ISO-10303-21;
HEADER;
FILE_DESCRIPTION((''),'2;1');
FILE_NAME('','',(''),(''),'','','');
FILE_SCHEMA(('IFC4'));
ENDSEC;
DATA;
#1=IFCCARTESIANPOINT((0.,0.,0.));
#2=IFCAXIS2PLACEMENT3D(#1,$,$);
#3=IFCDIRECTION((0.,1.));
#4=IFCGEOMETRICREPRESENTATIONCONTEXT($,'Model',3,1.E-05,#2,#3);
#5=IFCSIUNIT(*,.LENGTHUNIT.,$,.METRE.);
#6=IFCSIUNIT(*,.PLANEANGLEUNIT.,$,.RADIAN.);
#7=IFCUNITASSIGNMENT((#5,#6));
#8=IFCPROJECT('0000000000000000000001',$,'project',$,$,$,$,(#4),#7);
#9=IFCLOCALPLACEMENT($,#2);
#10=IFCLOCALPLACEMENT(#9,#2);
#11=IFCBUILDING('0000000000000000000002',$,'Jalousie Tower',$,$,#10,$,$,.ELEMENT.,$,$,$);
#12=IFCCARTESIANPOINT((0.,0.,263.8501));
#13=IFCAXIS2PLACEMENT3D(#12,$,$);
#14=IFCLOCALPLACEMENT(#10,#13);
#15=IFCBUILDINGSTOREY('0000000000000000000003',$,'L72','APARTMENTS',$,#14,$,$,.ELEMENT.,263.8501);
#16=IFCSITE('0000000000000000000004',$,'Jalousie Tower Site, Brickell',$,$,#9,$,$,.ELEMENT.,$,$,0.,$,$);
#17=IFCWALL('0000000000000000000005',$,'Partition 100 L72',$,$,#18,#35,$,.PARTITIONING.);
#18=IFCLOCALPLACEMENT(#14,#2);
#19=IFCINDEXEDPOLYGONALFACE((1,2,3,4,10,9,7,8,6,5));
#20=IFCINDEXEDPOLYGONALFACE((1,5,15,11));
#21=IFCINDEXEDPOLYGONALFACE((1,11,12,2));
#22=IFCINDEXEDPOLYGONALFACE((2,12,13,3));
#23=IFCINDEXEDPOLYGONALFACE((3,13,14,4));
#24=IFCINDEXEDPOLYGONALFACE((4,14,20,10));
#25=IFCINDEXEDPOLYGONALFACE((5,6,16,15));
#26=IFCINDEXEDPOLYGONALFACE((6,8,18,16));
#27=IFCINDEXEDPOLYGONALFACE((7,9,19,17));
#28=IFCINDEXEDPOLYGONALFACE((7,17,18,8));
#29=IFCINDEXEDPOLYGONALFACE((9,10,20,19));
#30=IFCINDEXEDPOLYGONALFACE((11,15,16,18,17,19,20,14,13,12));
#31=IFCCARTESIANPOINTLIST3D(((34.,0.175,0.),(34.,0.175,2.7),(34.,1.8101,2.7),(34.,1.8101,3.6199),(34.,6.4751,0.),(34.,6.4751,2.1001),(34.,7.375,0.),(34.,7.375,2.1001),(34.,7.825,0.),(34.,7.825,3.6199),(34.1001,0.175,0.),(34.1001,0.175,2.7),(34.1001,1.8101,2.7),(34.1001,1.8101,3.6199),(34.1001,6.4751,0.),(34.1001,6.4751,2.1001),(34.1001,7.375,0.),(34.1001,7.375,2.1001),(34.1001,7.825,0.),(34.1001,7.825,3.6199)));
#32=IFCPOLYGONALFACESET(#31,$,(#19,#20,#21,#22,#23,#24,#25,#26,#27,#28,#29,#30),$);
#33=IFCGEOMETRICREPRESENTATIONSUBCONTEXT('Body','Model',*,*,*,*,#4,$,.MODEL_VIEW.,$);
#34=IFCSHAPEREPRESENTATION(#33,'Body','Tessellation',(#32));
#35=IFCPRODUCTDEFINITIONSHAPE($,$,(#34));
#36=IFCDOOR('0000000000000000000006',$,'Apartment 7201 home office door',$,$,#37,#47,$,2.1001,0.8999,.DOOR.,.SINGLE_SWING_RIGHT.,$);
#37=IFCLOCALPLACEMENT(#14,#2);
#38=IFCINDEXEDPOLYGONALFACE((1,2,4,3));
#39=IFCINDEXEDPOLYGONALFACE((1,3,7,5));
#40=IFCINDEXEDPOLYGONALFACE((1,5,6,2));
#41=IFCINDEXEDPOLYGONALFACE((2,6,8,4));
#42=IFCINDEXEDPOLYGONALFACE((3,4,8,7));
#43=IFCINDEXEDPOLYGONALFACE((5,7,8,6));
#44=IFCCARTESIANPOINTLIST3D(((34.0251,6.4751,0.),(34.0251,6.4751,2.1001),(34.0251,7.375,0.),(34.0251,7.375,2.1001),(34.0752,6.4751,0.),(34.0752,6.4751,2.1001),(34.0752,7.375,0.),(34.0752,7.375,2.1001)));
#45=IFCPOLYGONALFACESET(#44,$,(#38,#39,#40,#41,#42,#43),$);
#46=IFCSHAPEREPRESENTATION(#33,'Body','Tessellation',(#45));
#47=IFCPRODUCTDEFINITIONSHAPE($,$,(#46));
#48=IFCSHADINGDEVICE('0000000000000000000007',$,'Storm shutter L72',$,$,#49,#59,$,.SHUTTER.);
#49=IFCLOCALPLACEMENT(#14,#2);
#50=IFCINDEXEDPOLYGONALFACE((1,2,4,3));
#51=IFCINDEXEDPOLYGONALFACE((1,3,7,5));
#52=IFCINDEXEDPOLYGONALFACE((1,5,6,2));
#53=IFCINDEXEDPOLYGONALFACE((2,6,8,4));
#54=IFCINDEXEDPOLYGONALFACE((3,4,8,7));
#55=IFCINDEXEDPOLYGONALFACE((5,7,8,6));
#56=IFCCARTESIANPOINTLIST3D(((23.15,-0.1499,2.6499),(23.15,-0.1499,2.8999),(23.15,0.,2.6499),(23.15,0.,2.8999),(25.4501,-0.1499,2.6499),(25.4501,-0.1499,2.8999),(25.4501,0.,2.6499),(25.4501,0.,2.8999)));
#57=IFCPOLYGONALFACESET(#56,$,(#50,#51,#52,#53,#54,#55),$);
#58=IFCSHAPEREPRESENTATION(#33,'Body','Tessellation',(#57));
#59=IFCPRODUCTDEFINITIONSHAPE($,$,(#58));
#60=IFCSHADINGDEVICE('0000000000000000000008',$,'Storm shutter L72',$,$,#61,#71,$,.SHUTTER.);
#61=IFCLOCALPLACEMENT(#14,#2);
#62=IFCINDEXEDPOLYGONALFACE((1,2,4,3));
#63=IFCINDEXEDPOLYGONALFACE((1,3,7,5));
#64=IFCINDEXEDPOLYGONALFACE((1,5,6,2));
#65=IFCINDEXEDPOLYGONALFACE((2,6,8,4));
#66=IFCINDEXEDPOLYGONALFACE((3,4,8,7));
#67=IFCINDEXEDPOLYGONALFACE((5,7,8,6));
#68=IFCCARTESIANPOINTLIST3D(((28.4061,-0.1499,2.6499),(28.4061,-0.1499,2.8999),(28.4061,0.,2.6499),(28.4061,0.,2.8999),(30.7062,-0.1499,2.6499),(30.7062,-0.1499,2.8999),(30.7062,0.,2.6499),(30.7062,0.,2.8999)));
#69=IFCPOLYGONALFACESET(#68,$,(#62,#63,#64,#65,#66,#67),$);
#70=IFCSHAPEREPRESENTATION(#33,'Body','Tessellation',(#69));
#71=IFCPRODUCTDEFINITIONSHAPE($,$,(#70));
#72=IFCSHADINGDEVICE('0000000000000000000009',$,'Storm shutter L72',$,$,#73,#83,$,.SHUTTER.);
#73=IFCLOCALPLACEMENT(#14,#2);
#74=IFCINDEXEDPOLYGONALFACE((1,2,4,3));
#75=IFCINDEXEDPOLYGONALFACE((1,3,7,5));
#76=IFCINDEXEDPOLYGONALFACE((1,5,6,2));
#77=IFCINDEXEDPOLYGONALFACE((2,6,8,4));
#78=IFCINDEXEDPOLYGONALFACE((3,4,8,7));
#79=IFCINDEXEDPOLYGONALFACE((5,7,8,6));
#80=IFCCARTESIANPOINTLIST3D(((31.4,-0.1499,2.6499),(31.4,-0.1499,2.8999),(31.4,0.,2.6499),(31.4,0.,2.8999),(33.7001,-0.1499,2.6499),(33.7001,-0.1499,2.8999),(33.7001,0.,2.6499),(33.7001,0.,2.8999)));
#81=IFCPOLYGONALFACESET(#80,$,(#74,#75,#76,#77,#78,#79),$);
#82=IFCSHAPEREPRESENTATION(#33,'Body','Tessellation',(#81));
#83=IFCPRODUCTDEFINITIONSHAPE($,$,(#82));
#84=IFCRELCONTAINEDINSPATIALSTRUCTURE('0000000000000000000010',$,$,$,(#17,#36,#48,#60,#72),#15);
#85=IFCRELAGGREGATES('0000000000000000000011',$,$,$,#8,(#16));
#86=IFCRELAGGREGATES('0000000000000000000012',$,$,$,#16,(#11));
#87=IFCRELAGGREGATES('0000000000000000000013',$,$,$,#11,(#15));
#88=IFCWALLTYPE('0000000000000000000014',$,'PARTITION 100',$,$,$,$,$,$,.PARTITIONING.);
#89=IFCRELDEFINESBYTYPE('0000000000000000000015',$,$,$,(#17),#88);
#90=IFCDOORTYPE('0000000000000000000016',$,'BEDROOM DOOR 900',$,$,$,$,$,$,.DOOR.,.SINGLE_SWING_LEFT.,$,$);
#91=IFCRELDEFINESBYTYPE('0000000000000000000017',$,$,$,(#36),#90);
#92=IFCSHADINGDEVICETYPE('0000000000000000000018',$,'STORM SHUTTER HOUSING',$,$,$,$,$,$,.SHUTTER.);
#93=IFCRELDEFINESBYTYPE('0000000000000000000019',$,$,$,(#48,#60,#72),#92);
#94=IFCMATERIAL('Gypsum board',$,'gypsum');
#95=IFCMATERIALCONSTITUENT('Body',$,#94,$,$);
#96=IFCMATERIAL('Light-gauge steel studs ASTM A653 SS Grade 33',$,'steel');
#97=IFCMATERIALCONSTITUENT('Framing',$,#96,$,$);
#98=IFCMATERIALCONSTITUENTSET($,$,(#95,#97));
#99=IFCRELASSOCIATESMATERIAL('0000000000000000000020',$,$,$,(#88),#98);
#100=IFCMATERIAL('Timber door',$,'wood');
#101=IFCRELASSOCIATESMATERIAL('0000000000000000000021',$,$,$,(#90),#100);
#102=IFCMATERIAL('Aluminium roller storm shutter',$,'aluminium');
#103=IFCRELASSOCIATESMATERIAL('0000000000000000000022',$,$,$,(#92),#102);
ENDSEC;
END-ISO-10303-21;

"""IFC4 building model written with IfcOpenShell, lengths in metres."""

from ifc_helpers import new_model, si_unit, direction, frame, frame_2d, origin, origin_2d, place, context, subcontext, project, spatial, polyline, rectangle, outline, extrude, material, constituent, constituent_set, type_object, element, fill, save


model = new_model("IFC4")

# Units and contexts
model_context = context("Model", 3, precision=1e-05, world=origin(), true_north=direction((0.0, 1.0)))
body_context = subcontext(model_context, "Body", "Model", "MODEL_VIEW")
ifc_project = project(units=[si_unit("LENGTHUNIT", "METRE"), si_unit("PLANEANGLEUNIT", "RADIAN")], contexts=[model_context])

# Site, building, storey
site_placement = place(None, origin())
site = spatial("IfcSite", under=ifc_project, at=site_placement, Name="Jalousie Tower Site, Brickell", CompositionType="ELEMENT", RefElevation=0.0)
building_placement = place(site_placement, origin())
building = spatial("IfcBuilding", under=site, at=building_placement, Name="Jalousie Tower", CompositionType="ELEMENT")
storey_placement = place(building_placement, frame((0.0, 0.0, 263.8501)))
storey = spatial("IfcBuildingStorey", under=building, at=storey_placement, Name="L72", Description="APARTMENTS", CompositionType="ELEMENT", Elevation=263.8501)

# Shared definitions
ifc_material_1 = material(Name="Gypsum board", Category="gypsum")
ifc_constituent_1 = constituent(ifc_material_1, Name="Body")
ifc_material_2 = material(Name="Light-gauge steel studs ASTM A653 SS Grade 33", Category="steel")
ifc_constituent_2 = constituent(ifc_material_2, Name="Framing")
ifc_constituent_set = constituent_set(constituents=[ifc_constituent_1, ifc_constituent_2])
wall_type = type_object("IfcWallType", Name="PARTITION 100", PredefinedType="PARTITIONING", material=ifc_constituent_set)
ifc_material_3 = material(Name="Timber door", Category="wood")
door_type_1 = type_object("IfcDoorType", Name="BEDROOM DOOR 900", OperationType="SINGLE_SWING_LEFT", PredefinedType="DOOR", material=ifc_material_3)

# Wall, opening, door
wall_1_placement = place(storey_placement, frame((34.05, 0.175, 0.0), z_axis=(0.0, 0.0, 1.0), x_axis=(0.0, 1.0, 0.0)))
wall_1 = element("IfcWall", 1, at=wall_1_placement, inside=storey, type_object=wall_type, Name="Partition 100 L72", PredefinedType="PARTITIONING", context=body_context, shape_type="SweptSolid", body=[
    extrude(outline(polyline([(0.0, 0.0), (7.6499, 0.0), (7.6499, 3.6199), (1.635, 3.6199), (1.635, 2.7), (0.0, 2.7), (0.0, 3.6199), (0.0, 0.0)])), frame((0.0, 0.05, 0.0), z_axis=(0.0, -1.0, 0.0), x_axis=(1.0, 0.0, 0.0)), (0.0, 0.0, 1.0), 0.1001),
])
opening_1_placement = place(wall_1_placement, frame((6.3, 0.0, 0.0)))
opening_1 = element("IfcOpeningElement", 2, at=opening_1_placement, cuts=wall_1, PredefinedType="OPENING", context=body_context, shape_type="SweptSolid", body=[
    extrude(rectangle(XDim=0.8999, YDim=2.1001, at=frame_2d((0.45, 1.05))), frame((0.0, 0.0601, 0.0), z_axis=(0.0, -1.0, 0.0), x_axis=(1.0, 0.0, 0.0)), (0.0, 0.0, 1.0), 0.1201),
])
door_1_placement = place(opening_1_placement, origin())
door_1 = element("IfcDoor", 3, at=door_1_placement, inside=storey, type_object=door_type_1, Name="Apartment 7201 home office door", OperationType="SINGLE_SWING_RIGHT", OverallHeight=2.1001, OverallWidth=0.8999, PredefinedType="DOOR", context=body_context, shape_type="SweptSolid", body=[
    extrude(rectangle(XDim=0.8999, YDim=2.1001, at=frame_2d((0.45, 1.05))), frame((0.0, 0.0249, 0.0), z_axis=(0.0, -1.0, 0.0), x_axis=(1.0, 0.0, 0.0)), (0.0, 0.0, 1.0), 0.05),
])
fill(opening_1, door_1)

# Shading devices
ifc_material_4 = material(Name="Aluminium roller storm shutter", Category="aluminium")
shading_device_type = type_object("IfcShadingDeviceType", Name="STORM SHUTTER HOUSING", PredefinedType="SHUTTER", material=ifc_material_4)
for number, where, z_axis, x_axis, name in (
    (4, (24.3, -0.075, 2.6499), (0.0, 0.0, 1.0), (1.0, 0.0, 0.0), "Storm shutter L72"),
    (5, (29.5562, -0.075, 2.6499), (0.0, 0.0, 1.0), (1.0, 0.0, 0.0), "Storm shutter L72"),
    (6, (32.55, -0.075, 2.6499), (0.0, 0.0, 1.0), (1.0, 0.0, 0.0), "Storm shutter L72"),
):
    element("IfcShadingDevice", number, at=place(storey_placement, frame(where, z_axis=z_axis, x_axis=x_axis)), inside=storey, type_object=shading_device_type, Name=name, PredefinedType="SHUTTER", context=body_context, shape_type="SweptSolid", body=[
        extrude(rectangle(XDim=2.3, YDim=0.1499, at=origin_2d()), origin(), (0.0, 0.0, 1.0), 0.25),
    ])

save(model, "model.ifc")
